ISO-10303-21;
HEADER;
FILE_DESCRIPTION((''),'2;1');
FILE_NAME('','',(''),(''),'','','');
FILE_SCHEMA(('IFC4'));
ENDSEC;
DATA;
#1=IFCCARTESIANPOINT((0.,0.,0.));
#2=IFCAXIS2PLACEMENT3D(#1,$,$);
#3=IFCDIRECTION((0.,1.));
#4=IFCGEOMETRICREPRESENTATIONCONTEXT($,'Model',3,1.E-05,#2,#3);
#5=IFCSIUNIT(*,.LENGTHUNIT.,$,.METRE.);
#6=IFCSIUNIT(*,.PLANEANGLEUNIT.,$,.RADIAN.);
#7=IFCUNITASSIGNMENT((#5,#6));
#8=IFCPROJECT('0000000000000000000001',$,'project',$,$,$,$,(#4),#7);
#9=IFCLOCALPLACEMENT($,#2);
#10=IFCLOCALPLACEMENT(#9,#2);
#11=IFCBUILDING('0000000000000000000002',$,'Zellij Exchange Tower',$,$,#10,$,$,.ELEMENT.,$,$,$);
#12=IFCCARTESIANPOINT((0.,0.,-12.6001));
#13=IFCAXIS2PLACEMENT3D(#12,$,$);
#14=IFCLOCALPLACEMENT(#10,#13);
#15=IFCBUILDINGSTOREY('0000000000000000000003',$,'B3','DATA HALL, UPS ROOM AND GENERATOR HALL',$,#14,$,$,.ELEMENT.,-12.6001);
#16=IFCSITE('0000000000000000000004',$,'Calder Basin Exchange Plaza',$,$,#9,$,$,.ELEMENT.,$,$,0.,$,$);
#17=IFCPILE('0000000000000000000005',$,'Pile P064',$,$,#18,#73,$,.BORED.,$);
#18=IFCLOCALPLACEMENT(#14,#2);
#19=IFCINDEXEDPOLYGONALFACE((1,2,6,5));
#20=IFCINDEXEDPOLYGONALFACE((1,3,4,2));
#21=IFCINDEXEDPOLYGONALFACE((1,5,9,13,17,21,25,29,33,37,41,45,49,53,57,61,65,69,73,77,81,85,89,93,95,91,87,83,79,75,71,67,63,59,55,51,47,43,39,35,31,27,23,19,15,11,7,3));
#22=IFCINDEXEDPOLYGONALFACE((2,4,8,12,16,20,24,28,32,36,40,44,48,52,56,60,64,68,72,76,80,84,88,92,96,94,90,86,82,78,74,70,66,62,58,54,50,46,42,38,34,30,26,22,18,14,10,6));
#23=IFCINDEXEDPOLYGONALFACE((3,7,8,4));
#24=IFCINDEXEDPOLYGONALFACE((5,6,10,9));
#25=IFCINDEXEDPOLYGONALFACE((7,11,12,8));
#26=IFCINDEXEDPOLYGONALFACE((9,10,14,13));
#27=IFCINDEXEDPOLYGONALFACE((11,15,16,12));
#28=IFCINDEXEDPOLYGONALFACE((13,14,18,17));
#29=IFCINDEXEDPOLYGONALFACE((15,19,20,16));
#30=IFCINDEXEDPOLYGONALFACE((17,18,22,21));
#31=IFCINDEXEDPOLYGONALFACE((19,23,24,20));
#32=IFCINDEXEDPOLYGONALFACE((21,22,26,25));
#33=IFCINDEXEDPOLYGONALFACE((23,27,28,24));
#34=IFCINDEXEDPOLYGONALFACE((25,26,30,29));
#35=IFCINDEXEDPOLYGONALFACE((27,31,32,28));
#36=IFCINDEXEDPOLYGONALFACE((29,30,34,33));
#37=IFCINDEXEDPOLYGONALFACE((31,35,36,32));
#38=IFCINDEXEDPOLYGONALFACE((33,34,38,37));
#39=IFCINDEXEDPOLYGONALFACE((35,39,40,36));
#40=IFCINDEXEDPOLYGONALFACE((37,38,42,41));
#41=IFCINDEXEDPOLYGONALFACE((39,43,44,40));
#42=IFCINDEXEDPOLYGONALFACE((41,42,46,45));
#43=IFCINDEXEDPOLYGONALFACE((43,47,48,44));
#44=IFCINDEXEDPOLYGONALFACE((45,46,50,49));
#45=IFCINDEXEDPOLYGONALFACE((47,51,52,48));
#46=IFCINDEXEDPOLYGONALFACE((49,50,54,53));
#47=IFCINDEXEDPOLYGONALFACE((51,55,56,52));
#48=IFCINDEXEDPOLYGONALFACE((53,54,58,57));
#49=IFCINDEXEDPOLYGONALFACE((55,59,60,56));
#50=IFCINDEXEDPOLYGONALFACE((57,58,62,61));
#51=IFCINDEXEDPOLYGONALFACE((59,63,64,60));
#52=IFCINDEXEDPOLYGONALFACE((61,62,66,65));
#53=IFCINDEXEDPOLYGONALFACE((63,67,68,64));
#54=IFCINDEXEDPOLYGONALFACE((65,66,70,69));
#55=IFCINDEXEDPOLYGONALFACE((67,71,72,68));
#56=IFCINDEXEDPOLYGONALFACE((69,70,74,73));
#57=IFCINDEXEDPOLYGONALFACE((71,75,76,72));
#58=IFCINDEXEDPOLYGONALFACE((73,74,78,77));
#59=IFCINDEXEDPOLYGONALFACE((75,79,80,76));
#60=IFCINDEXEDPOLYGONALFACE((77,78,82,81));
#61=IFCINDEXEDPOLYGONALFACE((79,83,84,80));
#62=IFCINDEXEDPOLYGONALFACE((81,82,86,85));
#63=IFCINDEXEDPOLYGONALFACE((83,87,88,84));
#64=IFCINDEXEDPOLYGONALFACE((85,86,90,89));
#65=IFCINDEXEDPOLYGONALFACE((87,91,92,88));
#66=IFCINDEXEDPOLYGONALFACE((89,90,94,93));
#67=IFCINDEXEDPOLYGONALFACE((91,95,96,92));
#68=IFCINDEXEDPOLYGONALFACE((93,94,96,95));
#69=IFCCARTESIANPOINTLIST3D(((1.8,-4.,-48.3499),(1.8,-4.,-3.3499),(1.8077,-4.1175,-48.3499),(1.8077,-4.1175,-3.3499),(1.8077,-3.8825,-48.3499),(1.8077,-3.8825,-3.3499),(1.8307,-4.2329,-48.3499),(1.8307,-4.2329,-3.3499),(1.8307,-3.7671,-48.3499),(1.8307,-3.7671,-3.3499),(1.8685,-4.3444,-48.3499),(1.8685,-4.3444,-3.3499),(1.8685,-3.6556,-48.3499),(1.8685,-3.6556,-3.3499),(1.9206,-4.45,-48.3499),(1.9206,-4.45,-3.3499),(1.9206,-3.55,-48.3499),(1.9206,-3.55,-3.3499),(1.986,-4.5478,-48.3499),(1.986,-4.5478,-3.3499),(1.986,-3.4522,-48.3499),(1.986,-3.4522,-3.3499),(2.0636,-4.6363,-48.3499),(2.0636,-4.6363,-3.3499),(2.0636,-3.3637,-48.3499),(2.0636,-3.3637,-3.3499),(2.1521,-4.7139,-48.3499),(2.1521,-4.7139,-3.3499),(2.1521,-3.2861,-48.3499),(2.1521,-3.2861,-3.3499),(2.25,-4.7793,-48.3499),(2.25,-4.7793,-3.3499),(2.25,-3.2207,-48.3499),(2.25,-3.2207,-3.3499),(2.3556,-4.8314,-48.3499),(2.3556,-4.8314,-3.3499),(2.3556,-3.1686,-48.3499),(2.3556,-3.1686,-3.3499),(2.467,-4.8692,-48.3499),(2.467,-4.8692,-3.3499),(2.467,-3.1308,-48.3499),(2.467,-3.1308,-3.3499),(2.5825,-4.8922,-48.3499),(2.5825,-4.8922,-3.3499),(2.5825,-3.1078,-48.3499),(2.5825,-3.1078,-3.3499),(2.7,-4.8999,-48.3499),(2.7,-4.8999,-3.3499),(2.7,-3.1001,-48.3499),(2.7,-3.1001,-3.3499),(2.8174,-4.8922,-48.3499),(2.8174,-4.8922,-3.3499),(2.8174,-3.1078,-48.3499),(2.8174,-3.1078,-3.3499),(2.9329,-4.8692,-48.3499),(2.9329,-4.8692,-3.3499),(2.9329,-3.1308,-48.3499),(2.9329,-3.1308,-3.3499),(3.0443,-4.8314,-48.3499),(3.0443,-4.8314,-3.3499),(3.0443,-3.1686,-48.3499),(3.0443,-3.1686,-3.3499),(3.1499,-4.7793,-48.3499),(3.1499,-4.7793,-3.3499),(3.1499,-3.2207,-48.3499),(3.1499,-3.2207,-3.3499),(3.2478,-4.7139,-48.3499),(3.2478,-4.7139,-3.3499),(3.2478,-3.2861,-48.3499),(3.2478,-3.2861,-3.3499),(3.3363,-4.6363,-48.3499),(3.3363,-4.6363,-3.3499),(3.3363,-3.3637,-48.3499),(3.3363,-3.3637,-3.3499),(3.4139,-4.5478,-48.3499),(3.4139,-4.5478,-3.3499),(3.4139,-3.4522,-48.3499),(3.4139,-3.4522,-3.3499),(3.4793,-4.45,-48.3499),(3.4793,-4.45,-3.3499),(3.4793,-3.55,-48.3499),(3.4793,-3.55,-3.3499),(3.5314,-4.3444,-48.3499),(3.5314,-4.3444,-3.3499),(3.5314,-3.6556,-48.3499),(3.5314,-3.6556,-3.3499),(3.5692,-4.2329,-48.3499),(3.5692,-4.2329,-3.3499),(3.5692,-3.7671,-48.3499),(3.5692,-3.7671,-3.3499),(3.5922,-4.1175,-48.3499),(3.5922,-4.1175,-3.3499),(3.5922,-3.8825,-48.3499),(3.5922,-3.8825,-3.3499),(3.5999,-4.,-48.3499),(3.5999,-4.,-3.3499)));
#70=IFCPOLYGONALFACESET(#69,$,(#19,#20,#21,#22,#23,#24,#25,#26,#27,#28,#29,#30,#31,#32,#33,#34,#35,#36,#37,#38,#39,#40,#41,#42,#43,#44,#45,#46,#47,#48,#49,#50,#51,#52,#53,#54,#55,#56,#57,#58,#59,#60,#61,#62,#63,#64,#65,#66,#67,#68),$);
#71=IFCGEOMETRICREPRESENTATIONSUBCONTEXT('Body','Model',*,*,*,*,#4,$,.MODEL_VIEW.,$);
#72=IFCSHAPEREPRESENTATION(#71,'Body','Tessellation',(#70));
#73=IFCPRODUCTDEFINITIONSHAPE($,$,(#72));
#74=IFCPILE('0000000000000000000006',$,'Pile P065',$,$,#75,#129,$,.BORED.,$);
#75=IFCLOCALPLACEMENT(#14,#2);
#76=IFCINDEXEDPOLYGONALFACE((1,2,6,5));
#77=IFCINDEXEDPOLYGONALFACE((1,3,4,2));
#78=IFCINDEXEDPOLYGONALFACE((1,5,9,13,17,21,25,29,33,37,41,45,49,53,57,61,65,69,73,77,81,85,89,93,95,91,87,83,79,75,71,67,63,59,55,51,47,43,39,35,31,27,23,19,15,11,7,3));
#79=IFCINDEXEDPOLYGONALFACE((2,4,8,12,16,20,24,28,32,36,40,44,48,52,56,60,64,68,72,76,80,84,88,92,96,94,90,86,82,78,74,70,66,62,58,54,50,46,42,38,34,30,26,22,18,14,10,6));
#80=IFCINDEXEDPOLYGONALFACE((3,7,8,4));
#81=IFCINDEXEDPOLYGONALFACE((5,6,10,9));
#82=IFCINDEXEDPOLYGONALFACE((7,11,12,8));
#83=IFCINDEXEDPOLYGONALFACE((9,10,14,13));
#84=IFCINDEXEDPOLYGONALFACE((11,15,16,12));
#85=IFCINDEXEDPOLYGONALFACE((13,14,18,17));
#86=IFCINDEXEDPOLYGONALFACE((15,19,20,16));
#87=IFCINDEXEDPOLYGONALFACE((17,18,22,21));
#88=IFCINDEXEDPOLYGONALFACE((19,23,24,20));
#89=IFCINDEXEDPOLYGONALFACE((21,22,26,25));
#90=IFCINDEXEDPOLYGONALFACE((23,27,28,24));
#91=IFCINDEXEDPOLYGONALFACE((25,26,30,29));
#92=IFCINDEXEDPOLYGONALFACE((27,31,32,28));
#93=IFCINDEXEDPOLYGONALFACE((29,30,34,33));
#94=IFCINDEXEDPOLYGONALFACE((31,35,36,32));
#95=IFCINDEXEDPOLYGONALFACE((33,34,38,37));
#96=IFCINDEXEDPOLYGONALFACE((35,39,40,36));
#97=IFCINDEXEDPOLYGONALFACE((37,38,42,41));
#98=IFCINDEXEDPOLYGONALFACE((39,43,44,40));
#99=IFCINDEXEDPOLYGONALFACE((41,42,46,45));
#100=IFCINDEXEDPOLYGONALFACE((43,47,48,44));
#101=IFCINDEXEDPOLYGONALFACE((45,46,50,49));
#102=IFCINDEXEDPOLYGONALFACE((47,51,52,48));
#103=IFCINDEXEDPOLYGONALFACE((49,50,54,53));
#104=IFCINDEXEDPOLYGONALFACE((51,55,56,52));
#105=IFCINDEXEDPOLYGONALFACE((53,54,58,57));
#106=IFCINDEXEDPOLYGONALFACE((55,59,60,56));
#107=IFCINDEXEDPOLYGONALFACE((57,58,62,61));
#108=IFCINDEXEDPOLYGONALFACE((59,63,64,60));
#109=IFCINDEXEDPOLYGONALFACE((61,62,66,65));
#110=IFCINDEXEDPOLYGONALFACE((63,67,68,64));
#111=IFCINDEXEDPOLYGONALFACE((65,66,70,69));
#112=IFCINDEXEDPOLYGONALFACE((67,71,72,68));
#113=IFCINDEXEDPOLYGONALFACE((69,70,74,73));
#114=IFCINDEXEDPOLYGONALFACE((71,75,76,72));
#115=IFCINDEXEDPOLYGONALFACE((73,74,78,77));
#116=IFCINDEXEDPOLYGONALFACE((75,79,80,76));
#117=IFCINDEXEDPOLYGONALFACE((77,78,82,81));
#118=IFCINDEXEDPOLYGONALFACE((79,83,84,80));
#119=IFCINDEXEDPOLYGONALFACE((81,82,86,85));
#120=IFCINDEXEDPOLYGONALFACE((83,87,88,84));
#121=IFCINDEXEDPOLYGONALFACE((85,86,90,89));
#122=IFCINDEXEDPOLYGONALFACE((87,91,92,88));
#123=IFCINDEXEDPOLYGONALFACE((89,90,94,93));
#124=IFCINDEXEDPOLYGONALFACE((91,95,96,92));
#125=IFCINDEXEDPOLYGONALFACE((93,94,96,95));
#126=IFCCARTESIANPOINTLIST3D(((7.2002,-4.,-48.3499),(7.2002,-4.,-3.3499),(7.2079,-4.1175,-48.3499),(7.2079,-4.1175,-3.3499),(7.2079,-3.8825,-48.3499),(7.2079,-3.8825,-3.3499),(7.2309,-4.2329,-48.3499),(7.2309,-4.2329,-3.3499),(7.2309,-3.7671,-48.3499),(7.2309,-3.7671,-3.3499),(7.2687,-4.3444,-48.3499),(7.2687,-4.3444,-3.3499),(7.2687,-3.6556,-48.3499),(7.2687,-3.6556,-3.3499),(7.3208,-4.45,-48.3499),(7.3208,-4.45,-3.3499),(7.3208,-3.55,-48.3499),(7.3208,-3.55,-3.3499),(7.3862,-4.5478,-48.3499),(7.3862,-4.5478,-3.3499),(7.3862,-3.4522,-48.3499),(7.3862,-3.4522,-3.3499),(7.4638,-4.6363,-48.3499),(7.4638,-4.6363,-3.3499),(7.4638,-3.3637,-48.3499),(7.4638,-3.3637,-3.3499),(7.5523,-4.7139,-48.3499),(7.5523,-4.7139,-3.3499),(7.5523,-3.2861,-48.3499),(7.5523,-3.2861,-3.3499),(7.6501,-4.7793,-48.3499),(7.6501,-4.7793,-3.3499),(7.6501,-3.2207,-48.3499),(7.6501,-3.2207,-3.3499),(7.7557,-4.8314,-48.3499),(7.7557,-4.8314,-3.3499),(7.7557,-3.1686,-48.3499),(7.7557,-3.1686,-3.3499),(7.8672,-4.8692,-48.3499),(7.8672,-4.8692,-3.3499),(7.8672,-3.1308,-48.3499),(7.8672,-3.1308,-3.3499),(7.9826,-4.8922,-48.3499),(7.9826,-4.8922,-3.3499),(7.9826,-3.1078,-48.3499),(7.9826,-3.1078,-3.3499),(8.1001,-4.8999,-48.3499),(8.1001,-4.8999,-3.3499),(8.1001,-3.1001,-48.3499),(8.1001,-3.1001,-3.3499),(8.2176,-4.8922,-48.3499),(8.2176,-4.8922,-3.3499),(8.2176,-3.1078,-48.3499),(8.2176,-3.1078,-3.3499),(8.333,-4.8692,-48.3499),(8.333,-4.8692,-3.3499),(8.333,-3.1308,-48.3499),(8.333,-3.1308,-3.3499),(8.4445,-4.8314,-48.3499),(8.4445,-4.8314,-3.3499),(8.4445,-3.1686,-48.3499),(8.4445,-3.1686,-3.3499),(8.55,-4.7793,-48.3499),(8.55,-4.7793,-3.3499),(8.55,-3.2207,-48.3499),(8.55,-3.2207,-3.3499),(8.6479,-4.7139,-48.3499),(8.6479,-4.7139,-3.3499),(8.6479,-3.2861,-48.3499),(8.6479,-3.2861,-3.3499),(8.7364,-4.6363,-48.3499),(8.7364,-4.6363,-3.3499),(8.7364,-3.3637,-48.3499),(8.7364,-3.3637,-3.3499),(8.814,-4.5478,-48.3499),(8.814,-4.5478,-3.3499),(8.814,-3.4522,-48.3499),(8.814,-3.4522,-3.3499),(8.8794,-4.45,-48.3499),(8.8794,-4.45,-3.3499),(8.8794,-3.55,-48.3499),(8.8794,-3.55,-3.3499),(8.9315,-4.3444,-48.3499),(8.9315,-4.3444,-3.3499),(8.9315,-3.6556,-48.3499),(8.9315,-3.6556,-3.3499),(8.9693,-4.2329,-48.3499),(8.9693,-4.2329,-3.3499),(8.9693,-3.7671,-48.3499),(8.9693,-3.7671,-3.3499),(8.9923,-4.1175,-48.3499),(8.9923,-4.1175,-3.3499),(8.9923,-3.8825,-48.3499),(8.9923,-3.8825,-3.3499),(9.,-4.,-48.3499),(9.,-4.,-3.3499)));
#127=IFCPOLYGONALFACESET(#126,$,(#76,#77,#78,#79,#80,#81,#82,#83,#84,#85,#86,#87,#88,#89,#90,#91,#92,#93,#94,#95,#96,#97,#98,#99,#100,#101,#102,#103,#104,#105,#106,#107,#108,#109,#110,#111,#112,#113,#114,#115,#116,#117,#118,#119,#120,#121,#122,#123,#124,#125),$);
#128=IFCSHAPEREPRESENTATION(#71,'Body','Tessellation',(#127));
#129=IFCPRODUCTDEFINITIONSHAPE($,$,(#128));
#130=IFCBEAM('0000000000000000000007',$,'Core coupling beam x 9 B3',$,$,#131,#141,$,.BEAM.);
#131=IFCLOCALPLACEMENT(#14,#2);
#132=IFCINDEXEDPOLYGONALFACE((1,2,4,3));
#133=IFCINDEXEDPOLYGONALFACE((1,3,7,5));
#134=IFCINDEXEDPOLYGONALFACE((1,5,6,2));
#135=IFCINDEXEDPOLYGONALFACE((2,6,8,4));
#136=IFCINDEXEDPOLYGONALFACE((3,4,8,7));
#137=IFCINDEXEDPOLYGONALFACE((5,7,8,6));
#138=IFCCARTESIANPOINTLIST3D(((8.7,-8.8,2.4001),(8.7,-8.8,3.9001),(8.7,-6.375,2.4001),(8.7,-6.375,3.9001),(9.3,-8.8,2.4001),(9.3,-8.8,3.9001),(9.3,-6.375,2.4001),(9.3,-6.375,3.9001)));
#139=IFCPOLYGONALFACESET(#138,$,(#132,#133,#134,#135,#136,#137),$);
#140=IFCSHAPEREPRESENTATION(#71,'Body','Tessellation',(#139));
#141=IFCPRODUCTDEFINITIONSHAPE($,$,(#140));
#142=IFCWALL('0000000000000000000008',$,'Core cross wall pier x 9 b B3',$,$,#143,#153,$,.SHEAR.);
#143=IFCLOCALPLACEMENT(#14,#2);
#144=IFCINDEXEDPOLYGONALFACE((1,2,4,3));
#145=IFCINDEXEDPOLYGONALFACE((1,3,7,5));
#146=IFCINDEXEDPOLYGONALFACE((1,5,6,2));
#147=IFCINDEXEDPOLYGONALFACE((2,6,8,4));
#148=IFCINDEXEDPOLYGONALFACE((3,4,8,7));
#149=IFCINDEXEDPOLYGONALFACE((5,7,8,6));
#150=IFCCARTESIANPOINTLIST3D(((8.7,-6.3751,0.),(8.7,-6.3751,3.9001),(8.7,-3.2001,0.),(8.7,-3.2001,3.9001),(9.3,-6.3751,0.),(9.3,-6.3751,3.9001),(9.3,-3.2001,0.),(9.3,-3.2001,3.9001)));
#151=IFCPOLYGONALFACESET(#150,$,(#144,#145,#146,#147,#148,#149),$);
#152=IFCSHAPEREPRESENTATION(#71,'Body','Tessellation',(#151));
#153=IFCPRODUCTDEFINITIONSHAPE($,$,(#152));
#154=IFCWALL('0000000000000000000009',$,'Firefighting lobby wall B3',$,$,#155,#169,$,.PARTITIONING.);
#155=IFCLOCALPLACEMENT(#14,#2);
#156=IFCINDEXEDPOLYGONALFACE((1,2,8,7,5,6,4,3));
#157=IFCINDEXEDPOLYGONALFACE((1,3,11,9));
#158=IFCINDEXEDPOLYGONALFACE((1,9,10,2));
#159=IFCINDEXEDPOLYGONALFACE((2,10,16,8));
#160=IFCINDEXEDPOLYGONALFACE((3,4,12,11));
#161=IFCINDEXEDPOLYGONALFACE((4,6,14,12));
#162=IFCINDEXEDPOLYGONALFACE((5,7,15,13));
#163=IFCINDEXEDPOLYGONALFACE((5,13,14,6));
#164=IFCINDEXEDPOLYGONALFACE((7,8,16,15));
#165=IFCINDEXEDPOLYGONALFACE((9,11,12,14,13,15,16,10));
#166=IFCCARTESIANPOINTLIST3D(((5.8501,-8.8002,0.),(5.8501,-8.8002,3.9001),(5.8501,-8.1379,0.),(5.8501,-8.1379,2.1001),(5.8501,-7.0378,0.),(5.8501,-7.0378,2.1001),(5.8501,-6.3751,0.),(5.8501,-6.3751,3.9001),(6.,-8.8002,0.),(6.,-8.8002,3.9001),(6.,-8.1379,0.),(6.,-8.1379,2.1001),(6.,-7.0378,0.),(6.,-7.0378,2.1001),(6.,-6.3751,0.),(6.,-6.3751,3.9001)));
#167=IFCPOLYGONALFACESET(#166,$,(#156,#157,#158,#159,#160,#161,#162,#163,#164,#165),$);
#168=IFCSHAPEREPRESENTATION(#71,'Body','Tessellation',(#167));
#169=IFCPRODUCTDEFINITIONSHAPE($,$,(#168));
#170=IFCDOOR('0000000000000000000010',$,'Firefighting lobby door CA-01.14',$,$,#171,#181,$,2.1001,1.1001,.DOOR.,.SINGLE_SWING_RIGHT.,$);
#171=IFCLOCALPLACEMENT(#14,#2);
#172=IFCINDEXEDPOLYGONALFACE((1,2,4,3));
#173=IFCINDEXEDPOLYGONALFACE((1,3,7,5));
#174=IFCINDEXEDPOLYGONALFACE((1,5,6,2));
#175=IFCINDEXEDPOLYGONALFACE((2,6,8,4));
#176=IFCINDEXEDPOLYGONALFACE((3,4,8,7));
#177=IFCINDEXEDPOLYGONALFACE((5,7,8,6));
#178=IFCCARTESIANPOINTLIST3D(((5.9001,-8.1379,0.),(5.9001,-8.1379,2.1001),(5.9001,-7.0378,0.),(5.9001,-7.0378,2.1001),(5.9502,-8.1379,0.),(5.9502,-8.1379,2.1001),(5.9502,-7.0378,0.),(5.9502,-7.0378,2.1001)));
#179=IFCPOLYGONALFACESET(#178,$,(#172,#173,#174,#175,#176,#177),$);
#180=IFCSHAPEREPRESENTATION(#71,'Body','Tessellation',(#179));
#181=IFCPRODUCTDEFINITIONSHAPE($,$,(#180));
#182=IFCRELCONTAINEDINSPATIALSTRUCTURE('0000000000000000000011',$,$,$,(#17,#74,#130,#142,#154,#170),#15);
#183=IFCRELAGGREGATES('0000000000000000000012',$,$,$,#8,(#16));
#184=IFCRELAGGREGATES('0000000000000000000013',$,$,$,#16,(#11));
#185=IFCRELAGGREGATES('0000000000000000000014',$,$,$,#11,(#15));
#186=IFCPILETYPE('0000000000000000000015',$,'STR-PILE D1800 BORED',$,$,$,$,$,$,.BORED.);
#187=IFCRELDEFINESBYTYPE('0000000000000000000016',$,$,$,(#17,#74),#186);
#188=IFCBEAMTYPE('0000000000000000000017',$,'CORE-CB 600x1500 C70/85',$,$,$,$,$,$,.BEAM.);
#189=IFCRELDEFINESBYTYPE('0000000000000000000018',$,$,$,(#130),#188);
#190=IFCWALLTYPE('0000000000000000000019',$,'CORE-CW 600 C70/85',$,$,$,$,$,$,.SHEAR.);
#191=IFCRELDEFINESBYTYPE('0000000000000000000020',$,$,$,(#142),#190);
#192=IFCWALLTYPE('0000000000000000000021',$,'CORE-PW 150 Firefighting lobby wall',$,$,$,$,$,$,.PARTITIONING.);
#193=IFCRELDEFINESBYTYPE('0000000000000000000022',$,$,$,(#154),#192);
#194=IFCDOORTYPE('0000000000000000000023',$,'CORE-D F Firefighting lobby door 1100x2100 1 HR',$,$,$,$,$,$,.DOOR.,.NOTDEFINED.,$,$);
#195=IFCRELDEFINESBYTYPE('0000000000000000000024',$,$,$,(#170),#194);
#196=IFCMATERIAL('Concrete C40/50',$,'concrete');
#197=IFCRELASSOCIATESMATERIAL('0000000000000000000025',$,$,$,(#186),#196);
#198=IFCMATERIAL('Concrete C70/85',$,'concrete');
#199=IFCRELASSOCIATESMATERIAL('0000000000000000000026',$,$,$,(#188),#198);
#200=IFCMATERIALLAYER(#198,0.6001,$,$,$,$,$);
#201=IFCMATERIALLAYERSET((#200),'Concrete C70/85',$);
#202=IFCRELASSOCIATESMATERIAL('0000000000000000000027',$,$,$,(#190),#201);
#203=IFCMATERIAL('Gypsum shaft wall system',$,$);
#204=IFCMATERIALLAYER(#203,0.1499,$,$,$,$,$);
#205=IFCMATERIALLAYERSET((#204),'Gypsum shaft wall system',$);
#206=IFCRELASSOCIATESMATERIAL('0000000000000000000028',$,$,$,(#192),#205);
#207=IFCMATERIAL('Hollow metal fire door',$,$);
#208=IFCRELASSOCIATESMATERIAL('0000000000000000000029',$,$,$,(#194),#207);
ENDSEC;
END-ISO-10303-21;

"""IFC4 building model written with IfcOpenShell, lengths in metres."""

from ifc_helpers import new_model, si_unit, direction, frame, frame_2d, origin, origin_2d, place, context, subcontext, project, spatial, rectangle, circle, extrude, material, layer, layer_set, material_profile, profile_set, type_object, element, fill, save


model = new_model("IFC4")

# Units and contexts
model_context = context("Model", 3, precision=1e-05, world=origin(), true_north=direction((0.0, 1.0)))
body_context = subcontext(model_context, "Body", "Model", "MODEL_VIEW")
ifc_project = project(units=[si_unit("LENGTHUNIT", "METRE"), si_unit("PLANEANGLEUNIT", "RADIAN")], contexts=[model_context])

# Site, building, storey
site_placement = place(None, origin())
site = spatial("IfcSite", under=ifc_project, at=site_placement, Name="Calder Basin Exchange Plaza", CompositionType="ELEMENT", RefElevation=0.0)
building_placement = place(site_placement, origin())
building = spatial("IfcBuilding", under=site, at=building_placement, Name="Zellij Exchange Tower", CompositionType="ELEMENT")
storey_placement = place(building_placement, frame((0.0, 0.0, -12.6001)))
storey = spatial("IfcBuildingStorey", under=building, at=storey_placement, Name="B3", Description="DATA HALL, UPS ROOM AND GENERATOR HALL", CompositionType="ELEMENT", Elevation=-12.6001)

# Piles
ifc_material_1 = material(Name="Concrete C40/50", Category="concrete")
ifc_material_profile_1 = material_profile(ifc_material_1, circle(Radius=0.8999, at=origin_2d()), Name="STR-PILE D1800 BORED")
ifc_profile_set_1 = profile_set([ifc_material_profile_1], Name="Concrete C40/50")
pile_type = type_object("IfcPileType", Name="STR-PILE D1800 BORED", PredefinedType="BORED", material=ifc_profile_set_1)
for number, where, z_axis, x_axis, name in (
    (1, (2.7, -4.0, -3.3499), (0.0, 0.0, -1.0), (1.0, 0.0, 0.0), "Pile P064"),
    (2, (8.1001, -4.0, -3.3499), (0.0, 0.0, -1.0), (1.0, 0.0, 0.0), "Pile P065"),
):
    element("IfcPile", number, at=place(storey_placement, frame(where, z_axis=z_axis, x_axis=x_axis)), inside=storey, type_object=pile_type, Name=name, PredefinedType="BORED", context=body_context, shape_type="SweptSolid", body=[
        extrude(circle(Radius=0.8999, at=origin_2d()), origin(), (0.0, 0.0, 1.0), 45.0),
    ])

# Beam
ifc_material_2 = material(Name="Concrete C70/85", Category="concrete")
ifc_material_profile_2 = material_profile(ifc_material_2, rectangle(XDim=0.6001, YDim=1.5, at=origin_2d()), Name="CORE-CB 600x1500 C70/85")
ifc_profile_set_2 = profile_set([ifc_material_profile_2], Name="Concrete C70/85")
beam_type = type_object("IfcBeamType", Name="CORE-CB 600x1500 C70/85", PredefinedType="BEAM", material=ifc_profile_set_2)
beam_placement = place(storey_placement, frame((9.0, -8.8, 3.1501), z_axis=(0.0, 1.0, 0.0), x_axis=(-1.0, 0.0, 0.0)))
element("IfcBeam", 3, at=beam_placement, inside=storey, type_object=beam_type, Name="Core coupling beam x 9 B3", PredefinedType="BEAM", context=body_context, shape_type="SweptSolid", body=[
    extrude(rectangle(XDim=0.6001, YDim=1.5, at=origin_2d()), origin(), (0.0, 0.0, 1.0), 2.425),
])

# Wall
ifc_layer_1 = layer(ifc_material_2, 0.6001)
ifc_layer_set_1 = layer_set([ifc_layer_1], Name="Concrete C70/85")
wall_type_1 = type_object("IfcWallType", Name="CORE-CW 600 C70/85", PredefinedType="SHEAR", material=ifc_layer_set_1)
wall_1_placement = place(storey_placement, frame((9.0, -6.375, 0.0), z_axis=(0.0, 0.0, 1.0), x_axis=(0.0, 1.0, 0.0)))
element("IfcWall", 4, at=wall_1_placement, inside=storey, type_object=wall_type_1, Name="Core cross wall pier x 9 b B3", PredefinedType="SHEAR", context=body_context, shape_type="SweptSolid", body=[
    extrude(rectangle(XDim=3.175, YDim=0.6001, at=frame_2d((1.5874, 0.0))), origin(), (0.0, 0.0, 1.0), 3.9001),
])

# Wall, opening, door
ifc_material_3 = material(Name="Gypsum shaft wall system")
ifc_layer_2 = layer(ifc_material_3, 0.1499)
ifc_layer_set_2 = layer_set([ifc_layer_2], Name="Gypsum shaft wall system")
wall_type_2 = type_object("IfcWallType", Name="CORE-PW 150 Firefighting lobby wall", PredefinedType="PARTITIONING", material=ifc_layer_set_2)
wall_2_placement = place(storey_placement, frame((5.925, -8.8, 0.0), z_axis=(0.0, 0.0, 1.0), x_axis=(0.0, 1.0, 0.0)))
wall_2 = element("IfcWall", 5, at=wall_2_placement, inside=storey, type_object=wall_type_2, Name="Firefighting lobby wall B3", PredefinedType="PARTITIONING", context=body_context, shape_type="SweptSolid", body=[
    extrude(rectangle(XDim=2.425, YDim=0.1499, at=frame_2d((1.2124, 0.0))), origin(), (0.0, 0.0, 1.0), 3.9001),
])
opening_1_placement = place(wall_2_placement, frame((0.6621, 0.0, 0.0)))
opening_1 = element("IfcOpeningElement", 6, at=opening_1_placement, cuts=wall_2, PredefinedType="OPENING", context=body_context, shape_type="SweptSolid", body=[
    extrude(rectangle(XDim=1.1001, YDim=2.1001, at=frame_2d((0.55, 1.05))), frame((0.0, 0.0869, 0.0), z_axis=(0.0, -1.0, 0.0), x_axis=(1.0, 0.0, 0.0)), (0.0, 0.0, 1.0), 0.1738),
])
ifc_material_4 = material(Name="Hollow metal fire door")
door_type_1 = type_object("IfcDoorType", Name="CORE-D F Firefighting lobby door 1100x2100 1 HR", OperationType="NOTDEFINED", PredefinedType="DOOR", material=ifc_material_4)
door_1_placement = place(opening_1_placement, origin())
door_1 = element("IfcDoor", 7, at=door_1_placement, inside=storey, type_object=door_type_1, Name="Firefighting lobby door CA-01.14", OperationType="SINGLE_SWING_RIGHT", OverallHeight=2.1001, OverallWidth=1.1001, PredefinedType="DOOR", context=body_context, shape_type="SweptSolid", body=[
    extrude(rectangle(XDim=1.1001, YDim=2.1001, at=frame_2d((0.55, 1.05))), frame((0.0, 0.0249, 0.0), z_axis=(0.0, -1.0, 0.0), x_axis=(1.0, 0.0, 0.0)), (0.0, 0.0, 1.0), 0.05),
])
fill(opening_1, door_1)

save(model, "model.ifc")
